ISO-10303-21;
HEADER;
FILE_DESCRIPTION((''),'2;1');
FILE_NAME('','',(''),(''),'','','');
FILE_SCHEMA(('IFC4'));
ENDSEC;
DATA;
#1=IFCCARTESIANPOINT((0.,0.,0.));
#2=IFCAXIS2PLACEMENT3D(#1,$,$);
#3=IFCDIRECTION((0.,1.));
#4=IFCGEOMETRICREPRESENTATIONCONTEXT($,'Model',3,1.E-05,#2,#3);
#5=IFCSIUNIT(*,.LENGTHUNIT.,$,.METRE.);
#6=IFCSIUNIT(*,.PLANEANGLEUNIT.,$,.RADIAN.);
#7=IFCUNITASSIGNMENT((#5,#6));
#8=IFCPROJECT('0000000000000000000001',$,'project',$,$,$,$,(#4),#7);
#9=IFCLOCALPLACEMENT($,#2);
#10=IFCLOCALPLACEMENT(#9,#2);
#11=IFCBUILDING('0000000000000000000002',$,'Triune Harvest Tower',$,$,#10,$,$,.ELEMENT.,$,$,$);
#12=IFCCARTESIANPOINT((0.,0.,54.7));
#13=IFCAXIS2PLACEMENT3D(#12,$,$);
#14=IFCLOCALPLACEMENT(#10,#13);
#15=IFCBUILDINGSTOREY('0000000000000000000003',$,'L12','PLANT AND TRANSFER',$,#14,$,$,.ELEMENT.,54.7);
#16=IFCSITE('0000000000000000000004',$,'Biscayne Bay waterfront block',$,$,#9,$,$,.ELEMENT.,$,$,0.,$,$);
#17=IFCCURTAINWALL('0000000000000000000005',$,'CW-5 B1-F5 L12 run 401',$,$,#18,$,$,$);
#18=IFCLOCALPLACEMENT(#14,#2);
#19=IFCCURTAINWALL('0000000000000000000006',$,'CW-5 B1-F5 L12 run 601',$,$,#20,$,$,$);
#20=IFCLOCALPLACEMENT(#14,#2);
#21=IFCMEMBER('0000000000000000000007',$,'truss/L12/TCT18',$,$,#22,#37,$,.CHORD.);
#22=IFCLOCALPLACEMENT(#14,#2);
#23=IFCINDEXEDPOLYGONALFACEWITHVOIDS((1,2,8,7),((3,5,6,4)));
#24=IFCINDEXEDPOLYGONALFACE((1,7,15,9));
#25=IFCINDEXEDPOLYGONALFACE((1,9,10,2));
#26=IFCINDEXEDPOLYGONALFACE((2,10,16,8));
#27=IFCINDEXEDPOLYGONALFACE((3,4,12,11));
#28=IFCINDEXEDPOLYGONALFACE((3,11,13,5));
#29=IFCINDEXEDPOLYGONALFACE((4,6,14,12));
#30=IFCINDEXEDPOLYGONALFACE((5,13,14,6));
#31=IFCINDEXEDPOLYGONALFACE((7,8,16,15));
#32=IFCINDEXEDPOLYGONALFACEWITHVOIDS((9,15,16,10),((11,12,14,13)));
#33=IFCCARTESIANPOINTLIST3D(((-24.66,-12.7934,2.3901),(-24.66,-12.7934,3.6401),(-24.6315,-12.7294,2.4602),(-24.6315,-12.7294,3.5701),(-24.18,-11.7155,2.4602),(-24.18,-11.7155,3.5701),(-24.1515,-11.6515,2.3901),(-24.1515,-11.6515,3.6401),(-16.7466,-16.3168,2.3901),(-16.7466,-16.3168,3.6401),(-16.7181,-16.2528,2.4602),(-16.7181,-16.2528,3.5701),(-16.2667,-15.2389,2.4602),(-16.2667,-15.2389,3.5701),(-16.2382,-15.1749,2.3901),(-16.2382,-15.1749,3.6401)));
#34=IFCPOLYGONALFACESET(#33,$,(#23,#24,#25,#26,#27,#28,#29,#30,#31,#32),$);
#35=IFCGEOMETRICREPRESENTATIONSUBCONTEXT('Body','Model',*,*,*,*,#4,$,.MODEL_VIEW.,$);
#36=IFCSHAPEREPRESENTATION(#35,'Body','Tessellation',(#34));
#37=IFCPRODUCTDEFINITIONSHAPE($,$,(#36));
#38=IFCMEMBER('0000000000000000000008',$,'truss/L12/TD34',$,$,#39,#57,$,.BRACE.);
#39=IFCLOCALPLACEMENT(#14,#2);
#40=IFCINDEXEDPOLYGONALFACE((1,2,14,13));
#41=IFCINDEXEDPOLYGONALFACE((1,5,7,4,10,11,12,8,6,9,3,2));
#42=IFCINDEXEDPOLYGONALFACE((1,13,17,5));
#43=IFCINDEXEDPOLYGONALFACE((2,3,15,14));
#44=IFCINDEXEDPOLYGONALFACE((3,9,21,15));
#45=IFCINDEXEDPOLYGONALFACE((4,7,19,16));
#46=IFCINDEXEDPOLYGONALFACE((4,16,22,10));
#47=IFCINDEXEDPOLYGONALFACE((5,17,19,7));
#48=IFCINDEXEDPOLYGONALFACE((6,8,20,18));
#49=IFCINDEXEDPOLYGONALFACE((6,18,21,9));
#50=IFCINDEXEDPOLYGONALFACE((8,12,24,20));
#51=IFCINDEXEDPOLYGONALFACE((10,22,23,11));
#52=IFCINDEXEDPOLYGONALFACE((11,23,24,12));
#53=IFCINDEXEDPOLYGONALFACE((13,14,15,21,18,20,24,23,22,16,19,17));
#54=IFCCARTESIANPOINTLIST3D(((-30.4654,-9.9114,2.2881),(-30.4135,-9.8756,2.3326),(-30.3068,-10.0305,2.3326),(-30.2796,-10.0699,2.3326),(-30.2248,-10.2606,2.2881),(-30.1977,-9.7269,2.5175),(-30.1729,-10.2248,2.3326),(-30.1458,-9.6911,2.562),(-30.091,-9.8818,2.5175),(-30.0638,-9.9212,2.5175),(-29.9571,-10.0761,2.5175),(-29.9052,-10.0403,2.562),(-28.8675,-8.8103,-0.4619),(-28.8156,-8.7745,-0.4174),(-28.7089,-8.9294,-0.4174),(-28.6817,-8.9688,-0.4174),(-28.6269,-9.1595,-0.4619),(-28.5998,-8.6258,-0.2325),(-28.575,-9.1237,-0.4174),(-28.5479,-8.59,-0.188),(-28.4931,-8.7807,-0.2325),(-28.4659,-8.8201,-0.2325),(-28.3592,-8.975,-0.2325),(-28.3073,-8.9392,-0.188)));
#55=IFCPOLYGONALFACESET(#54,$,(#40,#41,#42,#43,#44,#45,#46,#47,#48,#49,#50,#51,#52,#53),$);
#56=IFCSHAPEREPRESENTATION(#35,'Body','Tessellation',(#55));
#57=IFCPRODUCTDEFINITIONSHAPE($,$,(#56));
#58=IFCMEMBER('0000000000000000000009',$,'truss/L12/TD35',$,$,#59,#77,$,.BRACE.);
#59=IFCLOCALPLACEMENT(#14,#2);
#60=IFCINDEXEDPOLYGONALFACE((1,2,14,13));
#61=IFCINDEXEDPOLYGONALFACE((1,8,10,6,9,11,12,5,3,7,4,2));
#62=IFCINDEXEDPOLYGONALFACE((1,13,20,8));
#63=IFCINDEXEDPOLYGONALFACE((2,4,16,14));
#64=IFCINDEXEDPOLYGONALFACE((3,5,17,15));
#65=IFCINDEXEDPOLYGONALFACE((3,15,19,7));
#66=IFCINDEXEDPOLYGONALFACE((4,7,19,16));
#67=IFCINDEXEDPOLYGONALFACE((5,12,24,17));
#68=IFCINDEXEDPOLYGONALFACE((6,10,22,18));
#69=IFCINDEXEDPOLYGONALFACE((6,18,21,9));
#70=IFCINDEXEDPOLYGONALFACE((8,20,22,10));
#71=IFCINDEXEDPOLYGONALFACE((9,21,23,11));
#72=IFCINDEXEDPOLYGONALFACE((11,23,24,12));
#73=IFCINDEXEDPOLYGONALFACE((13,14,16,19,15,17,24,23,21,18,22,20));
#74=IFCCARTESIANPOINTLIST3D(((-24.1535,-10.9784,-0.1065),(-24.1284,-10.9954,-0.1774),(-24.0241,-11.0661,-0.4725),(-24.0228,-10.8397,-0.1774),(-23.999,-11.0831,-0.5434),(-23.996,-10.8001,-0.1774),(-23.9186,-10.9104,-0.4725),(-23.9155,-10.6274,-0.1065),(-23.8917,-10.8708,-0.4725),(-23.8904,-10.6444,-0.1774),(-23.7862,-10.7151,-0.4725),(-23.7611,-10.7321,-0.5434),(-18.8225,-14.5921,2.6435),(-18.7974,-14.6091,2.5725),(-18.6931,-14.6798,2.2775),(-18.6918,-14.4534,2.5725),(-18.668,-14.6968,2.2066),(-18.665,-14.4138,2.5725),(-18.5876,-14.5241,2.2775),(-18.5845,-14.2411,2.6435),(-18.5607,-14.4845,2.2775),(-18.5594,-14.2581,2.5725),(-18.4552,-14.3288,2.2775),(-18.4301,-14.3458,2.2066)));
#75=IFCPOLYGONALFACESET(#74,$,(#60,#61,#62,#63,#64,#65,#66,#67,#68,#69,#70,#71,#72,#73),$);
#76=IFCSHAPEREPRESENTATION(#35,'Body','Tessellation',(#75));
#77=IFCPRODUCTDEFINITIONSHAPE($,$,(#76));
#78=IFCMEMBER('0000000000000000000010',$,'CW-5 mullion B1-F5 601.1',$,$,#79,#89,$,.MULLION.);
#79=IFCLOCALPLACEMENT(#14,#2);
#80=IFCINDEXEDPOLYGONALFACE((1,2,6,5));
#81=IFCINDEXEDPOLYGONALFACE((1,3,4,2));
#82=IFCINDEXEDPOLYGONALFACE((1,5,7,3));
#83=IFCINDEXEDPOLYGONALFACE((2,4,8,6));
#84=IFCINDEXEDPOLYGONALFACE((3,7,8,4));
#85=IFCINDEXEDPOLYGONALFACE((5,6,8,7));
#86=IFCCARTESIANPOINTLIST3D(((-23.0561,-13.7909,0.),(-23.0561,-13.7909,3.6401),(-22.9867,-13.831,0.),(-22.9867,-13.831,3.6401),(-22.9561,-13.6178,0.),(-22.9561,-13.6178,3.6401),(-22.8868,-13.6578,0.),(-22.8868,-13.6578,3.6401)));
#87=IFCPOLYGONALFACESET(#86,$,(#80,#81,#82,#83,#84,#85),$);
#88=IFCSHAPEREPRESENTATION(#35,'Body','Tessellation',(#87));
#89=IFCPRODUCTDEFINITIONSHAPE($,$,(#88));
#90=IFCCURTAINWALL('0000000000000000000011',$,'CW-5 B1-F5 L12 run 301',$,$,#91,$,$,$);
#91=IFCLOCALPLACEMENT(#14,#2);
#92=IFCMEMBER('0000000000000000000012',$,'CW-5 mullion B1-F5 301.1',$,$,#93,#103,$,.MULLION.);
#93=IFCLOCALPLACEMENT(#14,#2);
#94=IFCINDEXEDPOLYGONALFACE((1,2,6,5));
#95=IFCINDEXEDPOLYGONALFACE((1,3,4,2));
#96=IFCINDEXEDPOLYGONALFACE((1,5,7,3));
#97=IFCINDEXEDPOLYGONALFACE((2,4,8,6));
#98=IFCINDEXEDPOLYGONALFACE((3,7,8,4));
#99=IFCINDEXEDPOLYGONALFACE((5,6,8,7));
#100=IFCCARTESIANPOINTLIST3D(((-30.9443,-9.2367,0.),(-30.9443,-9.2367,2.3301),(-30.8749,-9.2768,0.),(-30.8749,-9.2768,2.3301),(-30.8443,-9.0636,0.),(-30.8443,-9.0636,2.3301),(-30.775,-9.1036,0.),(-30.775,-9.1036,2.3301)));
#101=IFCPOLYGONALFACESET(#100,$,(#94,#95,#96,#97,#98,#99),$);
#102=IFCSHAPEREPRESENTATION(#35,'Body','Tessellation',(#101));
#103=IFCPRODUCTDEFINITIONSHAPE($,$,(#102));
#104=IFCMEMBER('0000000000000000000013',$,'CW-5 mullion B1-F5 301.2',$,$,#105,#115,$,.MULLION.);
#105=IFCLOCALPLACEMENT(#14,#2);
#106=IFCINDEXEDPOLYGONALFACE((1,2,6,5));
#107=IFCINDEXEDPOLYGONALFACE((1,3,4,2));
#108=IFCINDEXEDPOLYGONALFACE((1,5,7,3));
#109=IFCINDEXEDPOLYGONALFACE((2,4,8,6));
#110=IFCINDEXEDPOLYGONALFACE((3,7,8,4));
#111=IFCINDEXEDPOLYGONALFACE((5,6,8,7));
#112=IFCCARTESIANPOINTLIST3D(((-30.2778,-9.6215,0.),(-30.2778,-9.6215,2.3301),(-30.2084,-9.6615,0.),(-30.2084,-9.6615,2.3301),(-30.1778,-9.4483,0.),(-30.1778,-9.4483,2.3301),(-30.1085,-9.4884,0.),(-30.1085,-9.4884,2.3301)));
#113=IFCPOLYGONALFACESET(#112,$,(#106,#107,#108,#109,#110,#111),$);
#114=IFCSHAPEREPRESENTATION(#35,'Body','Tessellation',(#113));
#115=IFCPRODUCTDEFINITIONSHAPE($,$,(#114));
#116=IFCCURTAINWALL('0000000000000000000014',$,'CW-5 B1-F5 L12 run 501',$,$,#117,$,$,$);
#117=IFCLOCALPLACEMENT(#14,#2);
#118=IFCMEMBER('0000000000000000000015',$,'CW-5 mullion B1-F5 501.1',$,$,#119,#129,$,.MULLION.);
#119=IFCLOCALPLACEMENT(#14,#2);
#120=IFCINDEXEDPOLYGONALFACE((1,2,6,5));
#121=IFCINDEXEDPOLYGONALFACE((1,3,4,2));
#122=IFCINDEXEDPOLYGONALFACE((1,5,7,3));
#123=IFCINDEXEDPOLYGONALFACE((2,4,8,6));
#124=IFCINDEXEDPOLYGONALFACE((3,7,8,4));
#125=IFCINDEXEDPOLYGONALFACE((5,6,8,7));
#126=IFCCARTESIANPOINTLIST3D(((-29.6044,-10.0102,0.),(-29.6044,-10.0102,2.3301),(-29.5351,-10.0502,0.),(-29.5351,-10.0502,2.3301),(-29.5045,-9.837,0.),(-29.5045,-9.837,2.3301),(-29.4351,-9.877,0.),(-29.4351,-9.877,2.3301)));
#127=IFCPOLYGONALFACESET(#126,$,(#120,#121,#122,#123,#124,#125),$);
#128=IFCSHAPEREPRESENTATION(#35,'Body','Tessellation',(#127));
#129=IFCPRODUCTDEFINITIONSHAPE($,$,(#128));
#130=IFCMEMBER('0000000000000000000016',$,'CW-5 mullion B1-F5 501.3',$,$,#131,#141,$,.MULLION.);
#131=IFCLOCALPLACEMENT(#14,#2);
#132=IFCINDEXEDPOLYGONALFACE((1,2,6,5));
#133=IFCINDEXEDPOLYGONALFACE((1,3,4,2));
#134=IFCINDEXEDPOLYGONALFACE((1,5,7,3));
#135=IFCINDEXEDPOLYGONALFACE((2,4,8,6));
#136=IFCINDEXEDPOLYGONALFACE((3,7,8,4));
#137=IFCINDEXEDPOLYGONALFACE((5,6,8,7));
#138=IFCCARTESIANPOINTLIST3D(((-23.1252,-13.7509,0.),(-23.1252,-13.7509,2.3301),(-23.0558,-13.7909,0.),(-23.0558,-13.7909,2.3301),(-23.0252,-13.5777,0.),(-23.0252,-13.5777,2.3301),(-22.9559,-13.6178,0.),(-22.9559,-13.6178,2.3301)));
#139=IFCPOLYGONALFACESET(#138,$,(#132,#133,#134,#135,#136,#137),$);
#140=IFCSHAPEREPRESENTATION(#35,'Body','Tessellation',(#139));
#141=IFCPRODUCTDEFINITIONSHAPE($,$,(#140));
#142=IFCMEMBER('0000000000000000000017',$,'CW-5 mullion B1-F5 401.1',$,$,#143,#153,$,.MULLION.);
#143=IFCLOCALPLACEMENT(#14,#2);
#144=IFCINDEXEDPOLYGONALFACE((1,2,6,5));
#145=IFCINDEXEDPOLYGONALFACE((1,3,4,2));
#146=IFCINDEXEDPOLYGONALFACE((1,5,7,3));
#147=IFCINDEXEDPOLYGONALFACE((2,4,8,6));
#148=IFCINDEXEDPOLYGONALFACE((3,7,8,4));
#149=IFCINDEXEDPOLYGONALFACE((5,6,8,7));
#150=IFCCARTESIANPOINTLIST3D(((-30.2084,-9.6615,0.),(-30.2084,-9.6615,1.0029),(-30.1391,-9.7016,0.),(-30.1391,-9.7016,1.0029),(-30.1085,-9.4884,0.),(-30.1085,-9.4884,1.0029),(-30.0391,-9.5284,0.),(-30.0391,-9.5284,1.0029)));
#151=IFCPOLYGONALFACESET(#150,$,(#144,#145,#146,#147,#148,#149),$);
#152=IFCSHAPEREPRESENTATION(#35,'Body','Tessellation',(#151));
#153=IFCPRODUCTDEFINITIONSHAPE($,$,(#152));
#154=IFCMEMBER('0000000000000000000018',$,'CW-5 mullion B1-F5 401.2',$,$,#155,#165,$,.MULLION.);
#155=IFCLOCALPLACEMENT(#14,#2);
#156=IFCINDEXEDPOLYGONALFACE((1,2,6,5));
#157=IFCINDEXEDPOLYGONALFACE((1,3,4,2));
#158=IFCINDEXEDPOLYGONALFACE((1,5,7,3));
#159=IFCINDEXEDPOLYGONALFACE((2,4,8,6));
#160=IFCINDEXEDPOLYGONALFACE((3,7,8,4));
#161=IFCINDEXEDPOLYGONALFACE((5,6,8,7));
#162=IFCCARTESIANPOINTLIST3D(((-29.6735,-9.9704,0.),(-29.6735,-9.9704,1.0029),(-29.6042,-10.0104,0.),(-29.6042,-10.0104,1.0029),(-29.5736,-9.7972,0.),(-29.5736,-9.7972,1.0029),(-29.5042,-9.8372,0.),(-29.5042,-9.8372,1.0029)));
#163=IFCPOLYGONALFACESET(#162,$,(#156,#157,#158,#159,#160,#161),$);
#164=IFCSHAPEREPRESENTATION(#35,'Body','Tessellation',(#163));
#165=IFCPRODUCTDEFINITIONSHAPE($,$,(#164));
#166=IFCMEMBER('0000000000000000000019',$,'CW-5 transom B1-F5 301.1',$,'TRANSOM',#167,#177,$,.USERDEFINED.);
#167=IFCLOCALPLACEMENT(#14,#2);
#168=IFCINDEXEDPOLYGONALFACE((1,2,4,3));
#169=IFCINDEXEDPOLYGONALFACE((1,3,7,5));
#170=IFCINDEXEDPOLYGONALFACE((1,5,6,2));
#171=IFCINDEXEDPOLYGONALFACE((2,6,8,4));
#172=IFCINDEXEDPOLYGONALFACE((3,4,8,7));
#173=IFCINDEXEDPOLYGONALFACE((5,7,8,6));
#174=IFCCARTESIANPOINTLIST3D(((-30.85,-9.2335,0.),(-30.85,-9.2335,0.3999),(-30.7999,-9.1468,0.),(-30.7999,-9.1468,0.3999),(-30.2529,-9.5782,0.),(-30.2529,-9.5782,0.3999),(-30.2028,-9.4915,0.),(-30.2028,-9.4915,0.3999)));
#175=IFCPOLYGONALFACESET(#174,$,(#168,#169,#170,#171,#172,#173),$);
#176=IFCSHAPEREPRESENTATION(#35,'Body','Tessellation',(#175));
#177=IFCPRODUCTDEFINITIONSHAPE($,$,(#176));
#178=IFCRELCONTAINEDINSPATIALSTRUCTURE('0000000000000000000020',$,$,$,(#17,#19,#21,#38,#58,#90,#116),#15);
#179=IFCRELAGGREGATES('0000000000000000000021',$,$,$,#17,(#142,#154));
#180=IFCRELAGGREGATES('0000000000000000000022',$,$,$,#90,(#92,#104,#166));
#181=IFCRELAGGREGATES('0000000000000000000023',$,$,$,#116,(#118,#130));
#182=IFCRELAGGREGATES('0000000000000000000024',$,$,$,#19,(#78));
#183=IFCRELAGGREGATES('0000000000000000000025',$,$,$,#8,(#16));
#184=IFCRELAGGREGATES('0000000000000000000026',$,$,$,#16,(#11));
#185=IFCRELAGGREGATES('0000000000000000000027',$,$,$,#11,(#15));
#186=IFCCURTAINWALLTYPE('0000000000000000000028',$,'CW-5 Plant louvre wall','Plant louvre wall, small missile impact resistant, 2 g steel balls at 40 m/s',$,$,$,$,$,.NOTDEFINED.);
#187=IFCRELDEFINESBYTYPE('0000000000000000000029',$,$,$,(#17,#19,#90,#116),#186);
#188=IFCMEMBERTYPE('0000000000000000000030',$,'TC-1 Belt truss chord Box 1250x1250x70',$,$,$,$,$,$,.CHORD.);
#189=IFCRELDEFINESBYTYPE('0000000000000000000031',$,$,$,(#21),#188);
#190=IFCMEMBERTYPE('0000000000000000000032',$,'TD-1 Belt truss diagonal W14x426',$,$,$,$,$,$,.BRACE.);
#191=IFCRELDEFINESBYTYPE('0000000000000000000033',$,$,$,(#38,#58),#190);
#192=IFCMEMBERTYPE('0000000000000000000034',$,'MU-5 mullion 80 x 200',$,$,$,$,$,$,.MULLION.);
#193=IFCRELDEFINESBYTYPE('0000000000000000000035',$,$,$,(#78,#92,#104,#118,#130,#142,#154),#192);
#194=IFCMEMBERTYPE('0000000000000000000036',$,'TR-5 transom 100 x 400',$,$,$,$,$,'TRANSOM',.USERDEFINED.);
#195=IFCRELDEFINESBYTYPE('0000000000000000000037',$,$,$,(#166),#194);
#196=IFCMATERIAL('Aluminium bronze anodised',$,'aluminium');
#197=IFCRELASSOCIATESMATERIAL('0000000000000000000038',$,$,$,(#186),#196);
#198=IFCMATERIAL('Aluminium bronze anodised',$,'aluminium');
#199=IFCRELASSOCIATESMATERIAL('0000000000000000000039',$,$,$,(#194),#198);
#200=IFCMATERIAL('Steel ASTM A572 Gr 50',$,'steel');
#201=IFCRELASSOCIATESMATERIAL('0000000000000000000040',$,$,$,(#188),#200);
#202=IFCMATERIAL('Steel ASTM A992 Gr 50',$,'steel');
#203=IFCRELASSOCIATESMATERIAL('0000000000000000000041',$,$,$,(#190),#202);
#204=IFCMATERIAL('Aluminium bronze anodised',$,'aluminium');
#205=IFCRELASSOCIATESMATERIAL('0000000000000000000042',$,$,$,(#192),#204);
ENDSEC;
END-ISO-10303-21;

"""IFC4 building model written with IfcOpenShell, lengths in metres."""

from ifc_helpers import new_model, si_unit, direction, frame, origin, origin_2d, place, context, subcontext, project, spatial, rectangle, hollow_rectangle, i_section, extrude, source, transform, mapped, material, material_profile, profile_set, type_object, element, aggregate, save


model = new_model("IFC4")

# Units and contexts
model_context = context("Model", 3, precision=1e-05, world=origin(), true_north=direction((0.0, 1.0)))
body_context = subcontext(model_context, "Body", "Model", "MODEL_VIEW")
ifc_project = project(units=[si_unit("LENGTHUNIT", "METRE"), si_unit("PLANEANGLEUNIT", "RADIAN")], contexts=[model_context])

# Site, building, storey
site_placement = place(None, origin())
site = spatial("IfcSite", under=ifc_project, at=site_placement, Name="Biscayne Bay waterfront block", CompositionType="ELEMENT", RefElevation=0.0)
building_placement = place(site_placement, origin())
building = spatial("IfcBuilding", under=site, at=building_placement, Name="Triune Harvest Tower", CompositionType="ELEMENT")
storey_placement = place(building_placement, frame((0.0, 0.0, 54.7)))
storey = spatial("IfcBuildingStorey", under=building, at=storey_placement, Name="L12", Description="PLANT AND TRANSFER", CompositionType="ELEMENT", Elevation=54.7)

# Curtain walls
ifc_material_1 = material(Name="Aluminium bronze anodised", Category="aluminium")
curtain_wall_type = type_object("IfcCurtainWallType", Name="CW-5 Plant louvre wall", Description="Plant louvre wall, small missile impact resistant, 2 g steel balls at 40 m/s", PredefinedType="NOTDEFINED", material=ifc_material_1)
curtain_wall_1_placement = place(storey_placement, origin())
curtain_wall_1 = element("IfcCurtainWall", 1, at=curtain_wall_1_placement, inside=storey, type_object=curtain_wall_type, Name="CW-5 B1-F5 L12 run 401")
ifc_material_2 = material(Name="Aluminium bronze anodised", Category="aluminium")
ifc_material_profile_1 = material_profile(ifc_material_2, rectangle(XDim=0.1001, YDim=0.3999, at=origin_2d()), Name="TR-5 transom 100 x 400")
ifc_profile_set_1 = profile_set([ifc_material_profile_1], Name="Aluminium bronze anodised")
member_type_1 = type_object("IfcMemberType", Name="TR-5 transom 100 x 400", ElementType="TRANSOM", PredefinedType="USERDEFINED", material=ifc_profile_set_1)
curtain_wall_2_placement = place(storey_placement, origin())
curtain_wall_2 = element("IfcCurtainWall", 2, at=curtain_wall_2_placement, inside=storey, type_object=curtain_wall_type, Name="CW-5 B1-F5 L12 run 601")

# Members
ifc_material_3 = material(Name="Steel ASTM A572 Gr 50", Category="steel")
ifc_material_profile_2 = material_profile(ifc_material_3, hollow_rectangle(XDim=1.25, YDim=1.25, WallThickness=0.0701, at=origin_2d()), Name="Box 1250x1250x70")
ifc_profile_set_2 = profile_set([ifc_material_profile_2], Name="Steel ASTM A572 Gr 50")
member_type_2 = type_object("IfcMemberType", Name="TC-1 Belt truss chord Box 1250x1250x70", PredefinedType="CHORD", material=ifc_profile_set_2)
shared_shape_1 = source(origin(), body_context, "Body", "SweptSolid", [
    extrude(hollow_rectangle(XDim=1.25, YDim=1.25, WallThickness=0.0701, at=origin_2d()), origin(), (0.0, 0.0, 1.0), 8.6624),
])
member_1_placement = place(storey_placement, frame((-24.4058, -12.2224, 3.0151), z_axis=(0.913537, -0.406756, 0.0), x_axis=(0.406756, 0.913537, 0.0)))
element("IfcMember", 3, at=member_1_placement, inside=storey, type_object=member_type_2, Name="truss/L12/TCT18", PredefinedType="CHORD", context=body_context, shape_type="MappedRepresentation", body=[
    mapped(shared_shape_1, transform((0.0, 0.0, 0.0), scale=1.0)),
])
ifc_material_4 = material(Name="Steel ASTM A992 Gr 50", Category="steel")
ifc_material_profile_3 = material_profile(ifc_material_4, i_section(OverallWidth=0.4241, OverallDepth=0.4751, WebThickness=0.0479, FlangeThickness=0.0771, at=origin_2d()), Name="W14x426")
ifc_profile_set_3 = profile_set([ifc_material_profile_3], Name="Steel ASTM A992 Gr 50")
member_type_3 = type_object("IfcMemberType", Name="TD-1 Belt truss diagonal W14x426", PredefinedType="BRACE", material=ifc_profile_set_3)
shared_shape_2 = source(origin(), body_context, "Body", "SweptSolid", [
    extrude(i_section(OverallWidth=0.4241, OverallDepth=0.4751, WebThickness=0.0479, FlangeThickness=0.0771, at=origin_2d()), origin(), (0.0, 0.0, 1.0), 3.3657),
])
member_2_placement = place(storey_placement, frame((-28.5874, -8.8748, -0.325), z_axis=(-0.474756, -0.327143, 0.817059), x_axis=(0.56741, -0.823436, 0.0)))
element("IfcMember", 4, at=member_2_placement, inside=storey, type_object=member_type_3, Name="truss/L12/TD34", PredefinedType="BRACE", context=body_context, shape_type="MappedRepresentation", body=[
    mapped(shared_shape_2, transform((0.0, 0.0, 0.0), scale=1.0)),
])
shared_shape_3 = source(origin(), body_context, "Body", "SweptSolid", [
    extrude(i_section(OverallWidth=0.4241, OverallDepth=0.4751, WebThickness=0.0479, FlangeThickness=0.0771, at=origin_2d()), origin(), (0.0, 0.0, 1.0), 7.0029),
])
member_3_placement = place(storey_placement, frame((-23.9573, -10.8552, -0.325), z_axis=(0.761253, -0.516032, 0.392689), x_axis=(0.561105, 0.827745, 0.0)))
element("IfcMember", 5, at=member_3_placement, inside=storey, type_object=member_type_3, Name="truss/L12/TD35", PredefinedType="BRACE", context=body_context, shape_type="MappedRepresentation", body=[
    mapped(shared_shape_3, transform((0.0, 0.0, 0.0), scale=1.0)),
])

# Member
ifc_material_5 = material(Name="Aluminium bronze anodised", Category="aluminium")
ifc_material_profile_4 = material_profile(ifc_material_5, rectangle(XDim=0.2, YDim=0.0801, at=origin_2d()), Name="MU-5 mullion 80 x 200")
ifc_profile_set_4 = profile_set([ifc_material_profile_4], Name="Aluminium bronze anodised")
member_type_4 = type_object("IfcMemberType", Name="MU-5 mullion 80 x 200", PredefinedType="MULLION", material=ifc_profile_set_4)
shared_shape_4 = source(origin(), body_context, "Body", "SweptSolid", [
    extrude(rectangle(XDim=0.2, YDim=0.0801, at=origin_2d()), origin(), (0.0, 0.0, 1.0), 3.6401),
])
member_4_placement = place(storey_placement, frame((-22.9714, -13.7244, 0.0), z_axis=(0.0, 0.0, 1.0), x_axis=(0.5, 0.866025, 0.0)))
member_4 = element("IfcMember", 6, at=member_4_placement, type_object=member_type_4, Name="CW-5 mullion B1-F5 601.1", PredefinedType="MULLION", context=body_context, shape_type="MappedRepresentation", body=[
    mapped(shared_shape_4, transform((0.0, 0.0, 0.0), scale=1.0)),
])

# Curtain walls, members
curtain_wall_3_placement = place(storey_placement, origin())
curtain_wall_3 = element("IfcCurtainWall", 7, at=curtain_wall_3_placement, inside=storey, type_object=curtain_wall_type, Name="CW-5 B1-F5 L12 run 301")
shared_shape_5 = source(origin(), body_context, "Body", "SweptSolid", [
    extrude(rectangle(XDim=0.2, YDim=0.0801, at=origin_2d()), origin(), (0.0, 0.0, 1.0), 2.3301),
])
member_5_placement = place(storey_placement, frame((-30.8596, -9.1702, 0.0), z_axis=(0.0, 0.0, 1.0), x_axis=(0.49995, 0.866054, 0.0)))
member_5 = element("IfcMember", 8, at=member_5_placement, type_object=member_type_4, Name="CW-5 mullion B1-F5 301.1", PredefinedType="MULLION", context=body_context, shape_type="MappedRepresentation", body=[
    mapped(shared_shape_5, transform((0.0, 0.0, 0.0), scale=1.0)),
])
member_6_placement = place(storey_placement, frame((-30.1931, -9.5549, 0.0), z_axis=(0.0, 0.0, 1.0), x_axis=(0.49995, 0.866054, 0.0)))
member_6 = element("IfcMember", 9, at=member_6_placement, type_object=member_type_4, Name="CW-5 mullion B1-F5 301.2", PredefinedType="MULLION", context=body_context, shape_type="MappedRepresentation", body=[
    mapped(shared_shape_5, transform((0.0, 0.0, 0.0), scale=1.0)),
])
curtain_wall_4_placement = place(storey_placement, origin())
curtain_wall_4 = element("IfcCurtainWall", 10, at=curtain_wall_4_placement, inside=storey, type_object=curtain_wall_type, Name="CW-5 B1-F5 L12 run 501")
member_7_placement = place(storey_placement, frame((-29.5198, -9.9436, 0.0), z_axis=(0.0, 0.0, 1.0), x_axis=(0.500004, 0.866023, 0.0)))
member_7 = element("IfcMember", 11, at=member_7_placement, type_object=member_type_4, Name="CW-5 mullion B1-F5 501.1", PredefinedType="MULLION", context=body_context, shape_type="MappedRepresentation", body=[
    mapped(shared_shape_5, transform((0.0, 0.0, 0.0), scale=1.0)),
])
member_8_placement = place(storey_placement, frame((-23.0405, -13.6843, 0.0), z_axis=(0.0, 0.0, 1.0), x_axis=(0.500004, 0.866023, 0.0)))
member_8 = element("IfcMember", 12, at=member_8_placement, type_object=member_type_4, Name="CW-5 mullion B1-F5 501.3", PredefinedType="MULLION", context=body_context, shape_type="MappedRepresentation", body=[
    mapped(shared_shape_5, transform((0.0, 0.0, 0.0), scale=1.0)),
])

# Members
shared_shape_6 = source(origin(), body_context, "Body", "SweptSolid", [
    extrude(rectangle(XDim=0.2, YDim=0.0801, at=origin_2d()), origin(), (0.0, 0.0, 1.0), 1.0029),
])
member_9_placement = place(storey_placement, frame((-30.1238, -9.595, 0.0), z_axis=(0.0, 0.0, 1.0), x_axis=(0.499962, 0.866047, 0.0)))
member_9 = element("IfcMember", 13, at=member_9_placement, type_object=member_type_4, Name="CW-5 mullion B1-F5 401.1", PredefinedType="MULLION", context=body_context, shape_type="MappedRepresentation", body=[
    mapped(shared_shape_6, transform((0.0, 0.0, 0.0), scale=1.0)),
])
member_10_placement = place(storey_placement, frame((-29.5889, -9.9038, 0.0), z_axis=(0.0, 0.0, 1.0), x_axis=(0.499962, 0.866047, 0.0)))
member_10 = element("IfcMember", 14, at=member_10_placement, type_object=member_type_4, Name="CW-5 mullion B1-F5 401.2", PredefinedType="MULLION", context=body_context, shape_type="MappedRepresentation", body=[
    mapped(shared_shape_6, transform((0.0, 0.0, 0.0), scale=1.0)),
])
shared_shape_7 = source(origin(), body_context, "Body", "SweptSolid", [
    extrude(rectangle(XDim=0.1001, YDim=0.3999, at=origin_2d()), origin(), (0.0, 0.0, 1.0), 0.6895),
])
member_11_placement = place(storey_placement, frame((-30.825, -9.1902, 0.2), z_axis=(0.866056, -0.499947, 0.0), x_axis=(0.499947, 0.866056, 0.0)))
member_11 = element("IfcMember", 15, at=member_11_placement, type_object=member_type_1, Name="CW-5 transom B1-F5 301.1", ObjectType="TRANSOM", PredefinedType="USERDEFINED", context=body_context, shape_type="MappedRepresentation", body=[
    mapped(shared_shape_7, transform((0.0, 0.0, 0.0), scale=1.0)),
])

aggregate(curtain_wall_1, [member_9, member_10])
aggregate(curtain_wall_3, [member_5, member_6, member_11])
aggregate(curtain_wall_4, [member_7, member_8])
aggregate(curtain_wall_2, [member_4])

save(model, "model.ifc")
